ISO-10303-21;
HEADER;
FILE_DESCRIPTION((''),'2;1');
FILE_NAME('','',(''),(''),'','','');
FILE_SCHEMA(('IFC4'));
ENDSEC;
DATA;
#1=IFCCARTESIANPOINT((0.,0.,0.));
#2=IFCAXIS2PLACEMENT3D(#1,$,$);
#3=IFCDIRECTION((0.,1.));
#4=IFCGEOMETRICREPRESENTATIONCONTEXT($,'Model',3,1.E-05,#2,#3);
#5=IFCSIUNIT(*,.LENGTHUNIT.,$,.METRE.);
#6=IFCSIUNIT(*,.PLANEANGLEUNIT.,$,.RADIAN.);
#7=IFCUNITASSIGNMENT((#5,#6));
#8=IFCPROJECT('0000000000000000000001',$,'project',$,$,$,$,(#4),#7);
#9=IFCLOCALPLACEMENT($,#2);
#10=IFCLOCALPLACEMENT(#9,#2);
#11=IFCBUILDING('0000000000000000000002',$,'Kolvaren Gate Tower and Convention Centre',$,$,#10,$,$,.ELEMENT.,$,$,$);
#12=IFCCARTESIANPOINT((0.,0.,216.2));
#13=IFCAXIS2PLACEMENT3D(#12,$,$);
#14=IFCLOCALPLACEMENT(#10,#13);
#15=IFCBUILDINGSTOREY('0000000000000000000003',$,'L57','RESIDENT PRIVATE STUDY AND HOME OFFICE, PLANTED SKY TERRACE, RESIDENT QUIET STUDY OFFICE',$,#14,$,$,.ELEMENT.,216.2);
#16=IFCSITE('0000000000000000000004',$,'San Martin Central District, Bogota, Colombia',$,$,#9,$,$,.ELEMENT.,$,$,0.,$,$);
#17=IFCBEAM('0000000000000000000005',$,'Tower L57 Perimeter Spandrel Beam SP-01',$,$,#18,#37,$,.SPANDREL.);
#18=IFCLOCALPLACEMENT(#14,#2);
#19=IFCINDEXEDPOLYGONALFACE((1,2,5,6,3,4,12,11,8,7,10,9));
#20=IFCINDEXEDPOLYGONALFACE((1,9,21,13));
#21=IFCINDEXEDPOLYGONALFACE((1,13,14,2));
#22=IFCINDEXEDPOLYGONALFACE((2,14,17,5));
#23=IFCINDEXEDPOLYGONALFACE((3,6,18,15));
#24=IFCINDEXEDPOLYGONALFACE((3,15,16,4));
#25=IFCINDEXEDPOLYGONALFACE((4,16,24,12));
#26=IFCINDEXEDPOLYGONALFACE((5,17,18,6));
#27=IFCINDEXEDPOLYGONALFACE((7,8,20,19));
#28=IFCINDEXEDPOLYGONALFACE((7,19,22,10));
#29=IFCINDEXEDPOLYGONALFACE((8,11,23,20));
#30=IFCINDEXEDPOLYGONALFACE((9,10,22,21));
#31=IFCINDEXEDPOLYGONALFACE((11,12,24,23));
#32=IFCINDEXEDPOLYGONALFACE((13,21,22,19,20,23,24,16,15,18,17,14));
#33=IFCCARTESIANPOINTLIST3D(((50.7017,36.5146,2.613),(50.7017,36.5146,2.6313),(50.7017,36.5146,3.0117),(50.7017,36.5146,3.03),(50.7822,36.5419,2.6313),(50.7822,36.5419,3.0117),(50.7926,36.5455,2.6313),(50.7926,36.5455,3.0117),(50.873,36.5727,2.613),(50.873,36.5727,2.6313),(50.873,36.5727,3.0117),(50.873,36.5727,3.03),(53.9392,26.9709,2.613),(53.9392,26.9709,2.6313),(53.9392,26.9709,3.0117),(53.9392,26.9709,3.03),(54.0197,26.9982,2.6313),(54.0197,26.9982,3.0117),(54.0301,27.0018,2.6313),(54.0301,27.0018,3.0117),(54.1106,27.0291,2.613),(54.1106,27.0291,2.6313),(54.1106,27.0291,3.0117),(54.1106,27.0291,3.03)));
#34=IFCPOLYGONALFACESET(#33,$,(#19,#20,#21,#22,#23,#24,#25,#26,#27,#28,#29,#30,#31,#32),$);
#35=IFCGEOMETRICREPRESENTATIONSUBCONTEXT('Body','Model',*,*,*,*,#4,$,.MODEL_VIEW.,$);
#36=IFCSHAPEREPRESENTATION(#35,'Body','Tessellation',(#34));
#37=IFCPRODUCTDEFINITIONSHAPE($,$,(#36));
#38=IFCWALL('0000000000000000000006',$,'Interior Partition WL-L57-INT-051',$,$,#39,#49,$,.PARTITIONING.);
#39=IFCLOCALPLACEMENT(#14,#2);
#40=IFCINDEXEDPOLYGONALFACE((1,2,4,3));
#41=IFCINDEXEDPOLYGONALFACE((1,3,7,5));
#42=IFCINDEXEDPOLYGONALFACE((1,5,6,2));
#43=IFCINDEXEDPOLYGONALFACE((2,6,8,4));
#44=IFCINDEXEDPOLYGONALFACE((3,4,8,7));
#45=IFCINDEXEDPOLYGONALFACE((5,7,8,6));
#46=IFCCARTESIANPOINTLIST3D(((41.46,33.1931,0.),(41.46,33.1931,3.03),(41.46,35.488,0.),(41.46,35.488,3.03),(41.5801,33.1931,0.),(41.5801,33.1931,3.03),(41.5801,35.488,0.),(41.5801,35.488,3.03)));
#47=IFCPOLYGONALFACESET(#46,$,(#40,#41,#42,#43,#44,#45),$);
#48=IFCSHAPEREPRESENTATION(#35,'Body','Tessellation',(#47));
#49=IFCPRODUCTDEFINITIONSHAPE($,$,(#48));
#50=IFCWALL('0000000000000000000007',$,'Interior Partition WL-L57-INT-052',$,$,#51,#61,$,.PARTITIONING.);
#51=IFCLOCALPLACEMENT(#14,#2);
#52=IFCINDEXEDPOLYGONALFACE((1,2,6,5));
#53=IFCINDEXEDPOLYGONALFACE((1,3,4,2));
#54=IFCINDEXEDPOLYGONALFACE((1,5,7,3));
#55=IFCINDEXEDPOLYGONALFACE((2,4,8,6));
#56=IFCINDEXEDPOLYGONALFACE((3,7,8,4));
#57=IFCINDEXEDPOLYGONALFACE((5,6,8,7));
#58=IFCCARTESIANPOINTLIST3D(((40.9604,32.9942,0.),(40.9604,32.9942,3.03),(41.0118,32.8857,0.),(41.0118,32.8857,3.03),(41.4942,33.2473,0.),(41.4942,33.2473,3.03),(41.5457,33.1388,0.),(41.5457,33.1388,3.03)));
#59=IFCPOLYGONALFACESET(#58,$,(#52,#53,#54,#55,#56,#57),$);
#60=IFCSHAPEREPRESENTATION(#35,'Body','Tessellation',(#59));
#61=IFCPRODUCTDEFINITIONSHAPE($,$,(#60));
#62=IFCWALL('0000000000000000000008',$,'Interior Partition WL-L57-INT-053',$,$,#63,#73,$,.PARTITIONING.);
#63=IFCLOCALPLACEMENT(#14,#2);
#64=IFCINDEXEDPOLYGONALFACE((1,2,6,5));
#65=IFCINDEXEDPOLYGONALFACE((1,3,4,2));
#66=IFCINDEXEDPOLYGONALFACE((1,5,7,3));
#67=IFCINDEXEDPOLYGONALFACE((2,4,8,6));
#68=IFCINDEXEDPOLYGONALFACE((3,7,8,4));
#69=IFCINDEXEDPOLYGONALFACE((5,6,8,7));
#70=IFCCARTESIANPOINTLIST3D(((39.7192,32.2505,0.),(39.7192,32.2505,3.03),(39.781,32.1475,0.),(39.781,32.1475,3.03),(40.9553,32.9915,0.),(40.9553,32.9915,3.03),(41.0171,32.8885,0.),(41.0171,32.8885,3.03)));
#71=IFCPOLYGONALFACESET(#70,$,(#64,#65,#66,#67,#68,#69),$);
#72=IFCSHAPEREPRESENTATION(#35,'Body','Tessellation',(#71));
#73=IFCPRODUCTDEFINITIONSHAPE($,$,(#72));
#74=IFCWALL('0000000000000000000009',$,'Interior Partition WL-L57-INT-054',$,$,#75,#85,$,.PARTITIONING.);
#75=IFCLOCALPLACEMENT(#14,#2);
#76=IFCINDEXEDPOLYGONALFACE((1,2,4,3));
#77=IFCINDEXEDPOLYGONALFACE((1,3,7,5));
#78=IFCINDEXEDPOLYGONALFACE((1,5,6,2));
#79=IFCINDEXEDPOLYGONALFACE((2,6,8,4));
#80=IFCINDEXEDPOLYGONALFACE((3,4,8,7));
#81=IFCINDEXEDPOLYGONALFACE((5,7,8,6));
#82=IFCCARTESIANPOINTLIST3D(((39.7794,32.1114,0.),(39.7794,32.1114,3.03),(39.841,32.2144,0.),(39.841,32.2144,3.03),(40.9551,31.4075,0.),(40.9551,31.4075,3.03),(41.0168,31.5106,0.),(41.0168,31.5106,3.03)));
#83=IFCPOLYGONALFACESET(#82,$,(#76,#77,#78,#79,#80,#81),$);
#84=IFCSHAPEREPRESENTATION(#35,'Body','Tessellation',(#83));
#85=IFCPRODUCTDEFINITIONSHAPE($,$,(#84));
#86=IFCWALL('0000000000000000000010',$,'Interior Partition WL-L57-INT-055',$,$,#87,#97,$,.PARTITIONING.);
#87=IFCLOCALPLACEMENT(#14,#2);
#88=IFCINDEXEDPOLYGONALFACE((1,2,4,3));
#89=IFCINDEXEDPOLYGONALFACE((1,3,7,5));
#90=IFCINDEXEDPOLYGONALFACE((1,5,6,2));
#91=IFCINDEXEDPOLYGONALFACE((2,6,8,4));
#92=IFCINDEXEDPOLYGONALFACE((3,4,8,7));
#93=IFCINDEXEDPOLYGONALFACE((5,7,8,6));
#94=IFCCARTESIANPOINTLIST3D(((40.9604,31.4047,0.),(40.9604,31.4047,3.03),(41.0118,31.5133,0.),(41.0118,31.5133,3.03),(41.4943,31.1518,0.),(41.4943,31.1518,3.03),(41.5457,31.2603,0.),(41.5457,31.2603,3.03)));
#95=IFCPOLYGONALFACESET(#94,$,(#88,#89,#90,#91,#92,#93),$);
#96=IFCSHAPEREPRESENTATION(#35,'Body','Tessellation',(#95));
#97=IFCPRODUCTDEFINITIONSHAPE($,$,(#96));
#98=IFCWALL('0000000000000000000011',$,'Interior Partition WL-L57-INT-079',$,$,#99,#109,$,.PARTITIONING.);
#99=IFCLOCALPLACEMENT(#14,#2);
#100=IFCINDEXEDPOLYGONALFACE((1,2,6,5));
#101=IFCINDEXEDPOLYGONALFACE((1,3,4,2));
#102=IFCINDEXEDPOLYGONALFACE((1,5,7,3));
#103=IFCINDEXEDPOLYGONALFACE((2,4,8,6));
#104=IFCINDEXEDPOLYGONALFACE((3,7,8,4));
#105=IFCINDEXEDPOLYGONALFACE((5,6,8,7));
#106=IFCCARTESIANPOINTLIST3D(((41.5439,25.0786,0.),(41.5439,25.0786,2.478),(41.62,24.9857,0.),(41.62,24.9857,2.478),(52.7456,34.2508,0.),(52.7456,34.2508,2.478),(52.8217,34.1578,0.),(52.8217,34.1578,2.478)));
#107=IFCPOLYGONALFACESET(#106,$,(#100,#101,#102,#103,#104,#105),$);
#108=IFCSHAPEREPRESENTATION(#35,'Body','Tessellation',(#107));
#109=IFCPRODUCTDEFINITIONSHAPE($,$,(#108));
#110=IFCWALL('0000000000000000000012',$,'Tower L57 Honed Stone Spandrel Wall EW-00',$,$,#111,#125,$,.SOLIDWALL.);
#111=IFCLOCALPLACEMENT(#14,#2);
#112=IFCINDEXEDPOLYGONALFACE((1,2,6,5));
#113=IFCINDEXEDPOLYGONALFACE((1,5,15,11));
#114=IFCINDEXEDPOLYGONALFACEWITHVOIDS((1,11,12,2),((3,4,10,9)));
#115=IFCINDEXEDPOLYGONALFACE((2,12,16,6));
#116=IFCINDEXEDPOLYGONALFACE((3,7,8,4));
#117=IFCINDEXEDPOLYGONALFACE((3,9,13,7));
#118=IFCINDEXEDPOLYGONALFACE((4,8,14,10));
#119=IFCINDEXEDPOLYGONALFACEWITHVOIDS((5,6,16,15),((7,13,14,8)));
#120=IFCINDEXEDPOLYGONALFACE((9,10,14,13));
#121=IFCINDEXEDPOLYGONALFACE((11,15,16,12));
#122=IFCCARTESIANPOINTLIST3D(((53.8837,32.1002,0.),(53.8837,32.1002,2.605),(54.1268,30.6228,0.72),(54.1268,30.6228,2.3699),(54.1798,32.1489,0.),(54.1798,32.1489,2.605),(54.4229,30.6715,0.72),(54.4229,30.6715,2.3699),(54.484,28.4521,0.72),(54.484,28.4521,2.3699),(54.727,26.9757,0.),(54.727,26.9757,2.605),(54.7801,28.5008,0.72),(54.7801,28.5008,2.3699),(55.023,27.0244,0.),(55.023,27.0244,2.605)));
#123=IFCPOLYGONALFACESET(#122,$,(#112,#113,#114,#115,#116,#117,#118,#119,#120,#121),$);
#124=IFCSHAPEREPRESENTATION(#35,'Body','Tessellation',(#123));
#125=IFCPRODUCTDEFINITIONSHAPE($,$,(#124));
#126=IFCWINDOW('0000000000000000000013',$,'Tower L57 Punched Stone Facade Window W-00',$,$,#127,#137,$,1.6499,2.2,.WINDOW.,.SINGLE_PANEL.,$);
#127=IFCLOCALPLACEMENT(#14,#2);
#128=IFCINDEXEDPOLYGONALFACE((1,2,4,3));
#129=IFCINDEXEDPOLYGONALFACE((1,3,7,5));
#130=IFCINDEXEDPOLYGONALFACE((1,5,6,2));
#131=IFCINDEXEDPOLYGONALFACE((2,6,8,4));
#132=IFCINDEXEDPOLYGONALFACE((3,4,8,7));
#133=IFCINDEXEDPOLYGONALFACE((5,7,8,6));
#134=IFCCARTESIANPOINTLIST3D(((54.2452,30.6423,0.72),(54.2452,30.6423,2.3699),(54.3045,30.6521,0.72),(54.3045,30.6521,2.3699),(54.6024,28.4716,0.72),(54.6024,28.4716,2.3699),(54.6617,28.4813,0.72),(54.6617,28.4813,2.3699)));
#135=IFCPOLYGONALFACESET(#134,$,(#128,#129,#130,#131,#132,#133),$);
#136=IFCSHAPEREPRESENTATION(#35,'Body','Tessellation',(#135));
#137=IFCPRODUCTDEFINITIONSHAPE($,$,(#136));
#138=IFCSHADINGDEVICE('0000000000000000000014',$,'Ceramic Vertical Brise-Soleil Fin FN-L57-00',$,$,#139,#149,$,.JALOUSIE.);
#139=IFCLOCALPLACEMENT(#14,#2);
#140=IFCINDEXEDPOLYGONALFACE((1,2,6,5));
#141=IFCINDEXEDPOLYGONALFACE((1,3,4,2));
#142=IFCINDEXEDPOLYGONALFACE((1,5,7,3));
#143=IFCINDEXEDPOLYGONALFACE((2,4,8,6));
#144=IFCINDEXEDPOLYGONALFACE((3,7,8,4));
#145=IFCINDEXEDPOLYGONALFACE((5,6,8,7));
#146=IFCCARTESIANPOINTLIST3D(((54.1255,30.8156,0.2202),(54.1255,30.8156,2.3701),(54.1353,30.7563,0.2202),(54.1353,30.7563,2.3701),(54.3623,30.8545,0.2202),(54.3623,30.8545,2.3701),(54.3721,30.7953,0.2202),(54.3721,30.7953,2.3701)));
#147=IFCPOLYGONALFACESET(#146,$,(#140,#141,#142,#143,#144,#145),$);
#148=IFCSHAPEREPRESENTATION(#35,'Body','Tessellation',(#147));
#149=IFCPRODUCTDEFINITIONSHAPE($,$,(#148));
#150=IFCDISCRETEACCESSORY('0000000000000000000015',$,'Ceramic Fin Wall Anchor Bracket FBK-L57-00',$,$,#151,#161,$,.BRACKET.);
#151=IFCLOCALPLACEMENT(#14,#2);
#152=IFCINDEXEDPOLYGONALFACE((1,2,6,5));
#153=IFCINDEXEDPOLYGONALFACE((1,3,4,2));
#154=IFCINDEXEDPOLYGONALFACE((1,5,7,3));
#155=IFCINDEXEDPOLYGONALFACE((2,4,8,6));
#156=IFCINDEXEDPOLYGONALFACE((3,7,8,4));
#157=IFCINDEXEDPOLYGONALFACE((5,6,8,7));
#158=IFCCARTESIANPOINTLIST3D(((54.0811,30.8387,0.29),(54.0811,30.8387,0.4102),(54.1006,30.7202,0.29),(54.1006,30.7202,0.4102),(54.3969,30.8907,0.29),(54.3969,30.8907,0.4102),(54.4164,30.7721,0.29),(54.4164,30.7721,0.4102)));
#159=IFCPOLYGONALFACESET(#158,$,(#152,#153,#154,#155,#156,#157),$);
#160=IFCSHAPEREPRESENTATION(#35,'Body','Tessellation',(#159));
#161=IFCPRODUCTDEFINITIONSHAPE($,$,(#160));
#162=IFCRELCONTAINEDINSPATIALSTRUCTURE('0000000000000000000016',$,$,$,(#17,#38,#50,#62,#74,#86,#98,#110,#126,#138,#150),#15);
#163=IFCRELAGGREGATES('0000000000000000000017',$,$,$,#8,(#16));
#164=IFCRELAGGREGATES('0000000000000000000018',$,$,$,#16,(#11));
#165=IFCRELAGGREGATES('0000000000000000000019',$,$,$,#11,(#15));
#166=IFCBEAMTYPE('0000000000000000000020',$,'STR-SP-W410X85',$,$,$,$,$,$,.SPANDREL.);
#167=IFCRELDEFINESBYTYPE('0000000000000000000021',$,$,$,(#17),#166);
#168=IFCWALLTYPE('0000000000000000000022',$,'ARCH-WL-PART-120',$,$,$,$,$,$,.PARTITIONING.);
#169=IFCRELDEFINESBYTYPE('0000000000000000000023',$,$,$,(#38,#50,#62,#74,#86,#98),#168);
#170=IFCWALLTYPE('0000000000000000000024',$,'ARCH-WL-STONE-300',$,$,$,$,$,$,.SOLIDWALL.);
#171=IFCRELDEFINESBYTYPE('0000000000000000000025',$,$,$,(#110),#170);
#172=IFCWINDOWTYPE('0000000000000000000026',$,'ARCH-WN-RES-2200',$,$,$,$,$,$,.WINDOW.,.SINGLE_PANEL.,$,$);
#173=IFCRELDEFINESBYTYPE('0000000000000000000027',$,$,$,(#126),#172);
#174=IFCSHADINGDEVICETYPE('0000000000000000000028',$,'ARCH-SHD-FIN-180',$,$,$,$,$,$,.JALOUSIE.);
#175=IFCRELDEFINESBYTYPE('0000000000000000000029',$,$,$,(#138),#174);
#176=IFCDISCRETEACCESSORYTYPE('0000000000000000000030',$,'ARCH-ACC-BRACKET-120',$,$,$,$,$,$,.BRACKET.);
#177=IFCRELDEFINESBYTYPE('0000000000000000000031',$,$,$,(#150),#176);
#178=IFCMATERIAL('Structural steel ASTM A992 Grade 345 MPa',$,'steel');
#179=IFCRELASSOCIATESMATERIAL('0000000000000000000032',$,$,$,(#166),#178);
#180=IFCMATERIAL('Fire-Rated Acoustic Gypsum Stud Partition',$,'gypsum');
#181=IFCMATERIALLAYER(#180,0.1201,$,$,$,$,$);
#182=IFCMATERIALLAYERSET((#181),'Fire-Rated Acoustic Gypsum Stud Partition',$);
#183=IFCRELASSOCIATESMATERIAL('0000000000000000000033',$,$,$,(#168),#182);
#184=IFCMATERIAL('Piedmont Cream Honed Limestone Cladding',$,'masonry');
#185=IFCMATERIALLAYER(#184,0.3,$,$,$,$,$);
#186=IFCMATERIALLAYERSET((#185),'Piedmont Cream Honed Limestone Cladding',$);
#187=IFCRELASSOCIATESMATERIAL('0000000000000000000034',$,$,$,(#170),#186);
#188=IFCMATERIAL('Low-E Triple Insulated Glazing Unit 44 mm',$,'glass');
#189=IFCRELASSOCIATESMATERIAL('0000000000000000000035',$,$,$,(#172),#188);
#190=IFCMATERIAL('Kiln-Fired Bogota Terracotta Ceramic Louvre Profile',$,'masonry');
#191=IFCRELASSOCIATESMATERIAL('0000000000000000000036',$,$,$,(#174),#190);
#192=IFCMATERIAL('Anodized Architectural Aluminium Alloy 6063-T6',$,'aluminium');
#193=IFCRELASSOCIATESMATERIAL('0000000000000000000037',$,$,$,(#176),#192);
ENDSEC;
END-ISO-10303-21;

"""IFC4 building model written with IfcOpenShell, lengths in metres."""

from ifc_helpers import new_model, si_unit, direction, frame, frame_2d, origin, origin_2d, place, context, subcontext, project, spatial, rectangle, i_section, extrude, material, layer, layer_set, material_profile, profile_set, type_object, element, fill, save


model = new_model("IFC4")

# Units and contexts
model_context = context("Model", 3, precision=1e-05, world=origin(), true_north=direction((0.0, 1.0)))
body_context = subcontext(model_context, "Body", "Model", "MODEL_VIEW")
ifc_project = project(units=[si_unit("LENGTHUNIT", "METRE"), si_unit("PLANEANGLEUNIT", "RADIAN")], contexts=[model_context])

# Site, building, storey
site_placement = place(None, origin())
site = spatial("IfcSite", under=ifc_project, at=site_placement, Name="San Martin Central District, Bogota, Colombia", CompositionType="ELEMENT", RefElevation=0.0)
building_placement = place(site_placement, origin())
building = spatial("IfcBuilding", under=site, at=building_placement, Name="Kolvaren Gate Tower and Convention Centre", CompositionType="ELEMENT")
storey_placement = place(building_placement, frame((0.0, 0.0, 216.2)))
storey = spatial("IfcBuildingStorey", under=building, at=storey_placement, Name="L57", Description="RESIDENT PRIVATE STUDY AND HOME OFFICE, PLANTED SKY TERRACE, RESIDENT QUIET STUDY OFFICE", CompositionType="ELEMENT", Elevation=216.2)

# Beam
ifc_material_1 = material(Name="Structural steel ASTM A992 Grade 345 MPa", Category="steel")
ifc_material_profile_1 = material_profile(ifc_material_1, i_section(OverallWidth=0.1809, OverallDepth=0.417, WebThickness=0.011, FlangeThickness=0.0183, at=origin_2d()), Name="W410X85")
ifc_profile_set_1 = profile_set([ifc_material_profile_1], Name="Structural steel ASTM A992 Grade 345 MPa")
beam_type_1 = type_object("IfcBeamType", Name="STR-SP-W410X85", PredefinedType="SPANDREL", material=ifc_profile_set_1)
beam_1_placement = place(storey_placement, frame((54.0249, 27.0, 2.8215), z_axis=(-0.321253, 0.946994, 0.0), x_axis=(-0.946994, -0.321253, 0.0)))
element("IfcBeam", 1, at=beam_1_placement, inside=storey, type_object=beam_type_1, Name="Tower L57 Perimeter Spandrel Beam SP-01", PredefinedType="SPANDREL", context=body_context, shape_type="SweptSolid", body=[
    extrude(i_section(OverallWidth=0.1809, OverallDepth=0.417, WebThickness=0.011, FlangeThickness=0.0183, at=origin_2d()), origin(), (0.0, 0.0, 1.0), 10.0779),
])

# Walls
ifc_material_2 = material(Name="Fire-Rated Acoustic Gypsum Stud Partition", Category="gypsum")
ifc_layer_1 = layer(ifc_material_2, 0.1201)
ifc_layer_set_1 = layer_set([ifc_layer_1], Name="Fire-Rated Acoustic Gypsum Stud Partition")
wall_type_1 = type_object("IfcWallType", Name="ARCH-WL-PART-120", PredefinedType="PARTITIONING", material=ifc_layer_set_1)
wall_1_placement = place(storey_placement, frame((41.52, 33.1931, 0.0), z_axis=(0.0, 0.0, 1.0), x_axis=(0.0, 1.0, 0.0)))
element("IfcWall", 2, at=wall_1_placement, inside=storey, type_object=wall_type_1, Name="Interior Partition WL-L57-INT-051", PredefinedType="PARTITIONING", context=body_context, shape_type="SweptSolid", body=[
    extrude(rectangle(XDim=2.2949, YDim=0.1201, at=frame_2d((1.1475, 0.0))), origin(), (0.0, 0.0, 1.0), 3.03),
])
wall_2_placement = place(storey_placement, frame((40.9861, 32.9399, 0.0), z_axis=(0.0, 0.0, 1.0), x_axis=(0.90357, 0.428442, 0.0)))
element("IfcWall", 3, at=wall_2_placement, inside=storey, type_object=wall_type_1, Name="Interior Partition WL-L57-INT-052", PredefinedType="PARTITIONING", context=body_context, shape_type="SweptSolid", body=[
    extrude(rectangle(XDim=0.5908, YDim=0.1201, at=frame_2d((0.2954, 0.0))), origin(), (0.0, 0.0, 1.0), 3.03),
])
wall_3_placement = place(storey_placement, frame((39.75, 32.199, 0.0), z_axis=(0.0, 0.0, 1.0), x_axis=(0.857702, 0.514147, 0.0)))
element("IfcWall", 4, at=wall_3_placement, inside=storey, type_object=wall_type_1, Name="Interior Partition WL-L57-INT-053", PredefinedType="PARTITIONING", context=body_context, shape_type="SweptSolid", body=[
    extrude(rectangle(XDim=1.4412, YDim=0.1201, at=frame_2d((0.7207, 0.0))), origin(), (0.0, 0.0, 1.0), 3.03),
])
wall_4_placement = place(storey_placement, frame((39.8103, 32.1628, 0.0), z_axis=(0.0, 0.0, 1.0), x_axis=(0.858011, -0.513631, 0.0)))
element("IfcWall", 5, at=wall_4_placement, inside=storey, type_object=wall_type_1, Name="Interior Partition WL-L57-INT-054", PredefinedType="PARTITIONING", context=body_context, shape_type="SweptSolid", body=[
    extrude(rectangle(XDim=1.3704, YDim=0.1201, at=frame_2d((0.6851, 0.0))), origin(), (0.0, 0.0, 1.0), 3.03),
])
wall_5_placement = place(storey_placement, frame((40.9861, 31.459, 0.0), z_axis=(0.0, 0.0, 1.0), x_axis=(0.903729, -0.428104, 0.0)))
element("IfcWall", 6, at=wall_5_placement, inside=storey, type_object=wall_type_1, Name="Interior Partition WL-L57-INT-055", PredefinedType="PARTITIONING", context=body_context, shape_type="SweptSolid", body=[
    extrude(rectangle(XDim=0.5908, YDim=0.1201, at=frame_2d((0.2954, 0.0))), origin(), (0.0, 0.0, 1.0), 3.03),
])
wall_6_placement = place(storey_placement, frame((41.582, 25.0322, 0.0), z_axis=(0.0, 0.0, 1.0), x_axis=(0.773716, 0.633533, 0.0)))
element("IfcWall", 7, at=wall_6_placement, inside=storey, type_object=wall_type_1, Name="Interior Partition WL-L57-INT-079", PredefinedType="PARTITIONING", context=body_context, shape_type="SweptSolid", body=[
    extrude(rectangle(XDim=14.4778, YDim=0.1201, at=frame_2d((7.2388, 0.0))), origin(), (0.0, 0.0, 1.0), 2.478),
])

# Wall, opening, window
ifc_material_3 = material(Name="Piedmont Cream Honed Limestone Cladding", Category="masonry")
ifc_layer_2 = layer(ifc_material_3, 0.3)
ifc_layer_set_2 = layer_set([ifc_layer_2], Name="Piedmont Cream Honed Limestone Cladding")
wall_type_2 = type_object("IfcWallType", Name="ARCH-WL-STONE-300", PredefinedType="SOLIDWALL", material=ifc_layer_set_2)
wall_7_placement = place(storey_placement, frame((54.0317, 32.1245, 0.0), z_axis=(0.0, 0.0, 1.0), x_axis=(0.162371, -0.98673, 0.0)))
wall_7 = element("IfcWall", 8, at=wall_7_placement, inside=storey, type_object=wall_type_2, Name="Tower L57 Honed Stone Spandrel Wall EW-00", PredefinedType="SOLIDWALL", context=body_context, shape_type="SweptSolid", body=[
    extrude(rectangle(XDim=5.1934, YDim=0.3, at=frame_2d((2.5967, 0.0))), origin(), (0.0, 0.0, 1.0), 2.605),
])
opening_placement = place(wall_7_placement, frame((1.4971, 0.0, 0.72)))
opening = element("IfcOpeningElement", 9, at=opening_placement, cuts=wall_7, PredefinedType="OPENING", context=body_context, shape_type="SweptSolid", body=[
    extrude(rectangle(XDim=2.2, YDim=1.6499, at=frame_2d((1.1001, 0.825))), frame((0.0, 0.1599, 0.0), z_axis=(0.0, -1.0, 0.0), x_axis=(1.0, 0.0, 0.0)), (0.0, 0.0, 1.0), 0.3201),
])
ifc_material_4 = material(Name="Low-E Triple Insulated Glazing Unit 44 mm", Category="glass")
window_type = type_object("IfcWindowType", Name="ARCH-WN-RES-2200", PartitioningType="SINGLE_PANEL", PredefinedType="WINDOW", material=ifc_material_4)
window_placement = place(opening_placement, origin())
window = element("IfcWindow", 10, at=window_placement, inside=storey, type_object=window_type, Name="Tower L57 Punched Stone Facade Window W-00", OverallHeight=1.6499, OverallWidth=2.2, PartitioningType="SINGLE_PANEL", PredefinedType="WINDOW", context=body_context, shape_type="SweptSolid", body=[
    extrude(rectangle(XDim=2.2, YDim=1.6499, at=frame_2d((1.1001, 0.825))), frame((0.0, 0.03, 0.0), z_axis=(0.0, -1.0, 0.0), x_axis=(1.0, 0.0, 0.0)), (0.0, 0.0, 1.0), 0.0601),
])
fill(opening, window)

# Shading device
ifc_material_5 = material(Name="Kiln-Fired Bogota Terracotta Ceramic Louvre Profile", Category="masonry")
shading_device_type = type_object("IfcShadingDeviceType", Name="ARCH-SHD-FIN-180", PredefinedType="JALOUSIE", material=ifc_material_5)
shading_device_placement = place(storey_placement, frame((54.2488, 30.8054, 0.2202), z_axis=(0.0, 0.0, 1.0), x_axis=(0.162375, -0.986729, 0.0)))
element("IfcShadingDevice", 11, at=shading_device_placement, inside=storey, type_object=shading_device_type, Name="Ceramic Vertical Brise-Soleil Fin FN-L57-00", PredefinedType="JALOUSIE", context=body_context, shape_type="SweptSolid", body=[
    extrude(rectangle(XDim=0.0601, YDim=0.24, at=origin_2d()), origin(), (0.0, 0.0, 1.0), 2.1499),
])

# Discrete accessory
ifc_material_6 = material(Name="Anodized Architectural Aluminium Alloy 6063-T6", Category="aluminium")
discrete_accessory_type = type_object("IfcDiscreteAccessoryType", Name="ARCH-ACC-BRACKET-120", PredefinedType="BRACKET", material=ifc_material_6)
discrete_accessory_placement = place(storey_placement, frame((54.2488, 30.8054, 0.29), z_axis=(0.0, 0.0, 1.0), x_axis=(0.162375, -0.986729, 0.0)))
element("IfcDiscreteAccessory", 12, at=discrete_accessory_placement, inside=storey, type_object=discrete_accessory_type, Name="Ceramic Fin Wall Anchor Bracket FBK-L57-00", PredefinedType="BRACKET", context=body_context, shape_type="SweptSolid", body=[
    extrude(rectangle(XDim=0.1201, YDim=0.3201, at=origin_2d()), origin(), (0.0, 0.0, 1.0), 0.1201),
])

save(model, "model.ifc")
